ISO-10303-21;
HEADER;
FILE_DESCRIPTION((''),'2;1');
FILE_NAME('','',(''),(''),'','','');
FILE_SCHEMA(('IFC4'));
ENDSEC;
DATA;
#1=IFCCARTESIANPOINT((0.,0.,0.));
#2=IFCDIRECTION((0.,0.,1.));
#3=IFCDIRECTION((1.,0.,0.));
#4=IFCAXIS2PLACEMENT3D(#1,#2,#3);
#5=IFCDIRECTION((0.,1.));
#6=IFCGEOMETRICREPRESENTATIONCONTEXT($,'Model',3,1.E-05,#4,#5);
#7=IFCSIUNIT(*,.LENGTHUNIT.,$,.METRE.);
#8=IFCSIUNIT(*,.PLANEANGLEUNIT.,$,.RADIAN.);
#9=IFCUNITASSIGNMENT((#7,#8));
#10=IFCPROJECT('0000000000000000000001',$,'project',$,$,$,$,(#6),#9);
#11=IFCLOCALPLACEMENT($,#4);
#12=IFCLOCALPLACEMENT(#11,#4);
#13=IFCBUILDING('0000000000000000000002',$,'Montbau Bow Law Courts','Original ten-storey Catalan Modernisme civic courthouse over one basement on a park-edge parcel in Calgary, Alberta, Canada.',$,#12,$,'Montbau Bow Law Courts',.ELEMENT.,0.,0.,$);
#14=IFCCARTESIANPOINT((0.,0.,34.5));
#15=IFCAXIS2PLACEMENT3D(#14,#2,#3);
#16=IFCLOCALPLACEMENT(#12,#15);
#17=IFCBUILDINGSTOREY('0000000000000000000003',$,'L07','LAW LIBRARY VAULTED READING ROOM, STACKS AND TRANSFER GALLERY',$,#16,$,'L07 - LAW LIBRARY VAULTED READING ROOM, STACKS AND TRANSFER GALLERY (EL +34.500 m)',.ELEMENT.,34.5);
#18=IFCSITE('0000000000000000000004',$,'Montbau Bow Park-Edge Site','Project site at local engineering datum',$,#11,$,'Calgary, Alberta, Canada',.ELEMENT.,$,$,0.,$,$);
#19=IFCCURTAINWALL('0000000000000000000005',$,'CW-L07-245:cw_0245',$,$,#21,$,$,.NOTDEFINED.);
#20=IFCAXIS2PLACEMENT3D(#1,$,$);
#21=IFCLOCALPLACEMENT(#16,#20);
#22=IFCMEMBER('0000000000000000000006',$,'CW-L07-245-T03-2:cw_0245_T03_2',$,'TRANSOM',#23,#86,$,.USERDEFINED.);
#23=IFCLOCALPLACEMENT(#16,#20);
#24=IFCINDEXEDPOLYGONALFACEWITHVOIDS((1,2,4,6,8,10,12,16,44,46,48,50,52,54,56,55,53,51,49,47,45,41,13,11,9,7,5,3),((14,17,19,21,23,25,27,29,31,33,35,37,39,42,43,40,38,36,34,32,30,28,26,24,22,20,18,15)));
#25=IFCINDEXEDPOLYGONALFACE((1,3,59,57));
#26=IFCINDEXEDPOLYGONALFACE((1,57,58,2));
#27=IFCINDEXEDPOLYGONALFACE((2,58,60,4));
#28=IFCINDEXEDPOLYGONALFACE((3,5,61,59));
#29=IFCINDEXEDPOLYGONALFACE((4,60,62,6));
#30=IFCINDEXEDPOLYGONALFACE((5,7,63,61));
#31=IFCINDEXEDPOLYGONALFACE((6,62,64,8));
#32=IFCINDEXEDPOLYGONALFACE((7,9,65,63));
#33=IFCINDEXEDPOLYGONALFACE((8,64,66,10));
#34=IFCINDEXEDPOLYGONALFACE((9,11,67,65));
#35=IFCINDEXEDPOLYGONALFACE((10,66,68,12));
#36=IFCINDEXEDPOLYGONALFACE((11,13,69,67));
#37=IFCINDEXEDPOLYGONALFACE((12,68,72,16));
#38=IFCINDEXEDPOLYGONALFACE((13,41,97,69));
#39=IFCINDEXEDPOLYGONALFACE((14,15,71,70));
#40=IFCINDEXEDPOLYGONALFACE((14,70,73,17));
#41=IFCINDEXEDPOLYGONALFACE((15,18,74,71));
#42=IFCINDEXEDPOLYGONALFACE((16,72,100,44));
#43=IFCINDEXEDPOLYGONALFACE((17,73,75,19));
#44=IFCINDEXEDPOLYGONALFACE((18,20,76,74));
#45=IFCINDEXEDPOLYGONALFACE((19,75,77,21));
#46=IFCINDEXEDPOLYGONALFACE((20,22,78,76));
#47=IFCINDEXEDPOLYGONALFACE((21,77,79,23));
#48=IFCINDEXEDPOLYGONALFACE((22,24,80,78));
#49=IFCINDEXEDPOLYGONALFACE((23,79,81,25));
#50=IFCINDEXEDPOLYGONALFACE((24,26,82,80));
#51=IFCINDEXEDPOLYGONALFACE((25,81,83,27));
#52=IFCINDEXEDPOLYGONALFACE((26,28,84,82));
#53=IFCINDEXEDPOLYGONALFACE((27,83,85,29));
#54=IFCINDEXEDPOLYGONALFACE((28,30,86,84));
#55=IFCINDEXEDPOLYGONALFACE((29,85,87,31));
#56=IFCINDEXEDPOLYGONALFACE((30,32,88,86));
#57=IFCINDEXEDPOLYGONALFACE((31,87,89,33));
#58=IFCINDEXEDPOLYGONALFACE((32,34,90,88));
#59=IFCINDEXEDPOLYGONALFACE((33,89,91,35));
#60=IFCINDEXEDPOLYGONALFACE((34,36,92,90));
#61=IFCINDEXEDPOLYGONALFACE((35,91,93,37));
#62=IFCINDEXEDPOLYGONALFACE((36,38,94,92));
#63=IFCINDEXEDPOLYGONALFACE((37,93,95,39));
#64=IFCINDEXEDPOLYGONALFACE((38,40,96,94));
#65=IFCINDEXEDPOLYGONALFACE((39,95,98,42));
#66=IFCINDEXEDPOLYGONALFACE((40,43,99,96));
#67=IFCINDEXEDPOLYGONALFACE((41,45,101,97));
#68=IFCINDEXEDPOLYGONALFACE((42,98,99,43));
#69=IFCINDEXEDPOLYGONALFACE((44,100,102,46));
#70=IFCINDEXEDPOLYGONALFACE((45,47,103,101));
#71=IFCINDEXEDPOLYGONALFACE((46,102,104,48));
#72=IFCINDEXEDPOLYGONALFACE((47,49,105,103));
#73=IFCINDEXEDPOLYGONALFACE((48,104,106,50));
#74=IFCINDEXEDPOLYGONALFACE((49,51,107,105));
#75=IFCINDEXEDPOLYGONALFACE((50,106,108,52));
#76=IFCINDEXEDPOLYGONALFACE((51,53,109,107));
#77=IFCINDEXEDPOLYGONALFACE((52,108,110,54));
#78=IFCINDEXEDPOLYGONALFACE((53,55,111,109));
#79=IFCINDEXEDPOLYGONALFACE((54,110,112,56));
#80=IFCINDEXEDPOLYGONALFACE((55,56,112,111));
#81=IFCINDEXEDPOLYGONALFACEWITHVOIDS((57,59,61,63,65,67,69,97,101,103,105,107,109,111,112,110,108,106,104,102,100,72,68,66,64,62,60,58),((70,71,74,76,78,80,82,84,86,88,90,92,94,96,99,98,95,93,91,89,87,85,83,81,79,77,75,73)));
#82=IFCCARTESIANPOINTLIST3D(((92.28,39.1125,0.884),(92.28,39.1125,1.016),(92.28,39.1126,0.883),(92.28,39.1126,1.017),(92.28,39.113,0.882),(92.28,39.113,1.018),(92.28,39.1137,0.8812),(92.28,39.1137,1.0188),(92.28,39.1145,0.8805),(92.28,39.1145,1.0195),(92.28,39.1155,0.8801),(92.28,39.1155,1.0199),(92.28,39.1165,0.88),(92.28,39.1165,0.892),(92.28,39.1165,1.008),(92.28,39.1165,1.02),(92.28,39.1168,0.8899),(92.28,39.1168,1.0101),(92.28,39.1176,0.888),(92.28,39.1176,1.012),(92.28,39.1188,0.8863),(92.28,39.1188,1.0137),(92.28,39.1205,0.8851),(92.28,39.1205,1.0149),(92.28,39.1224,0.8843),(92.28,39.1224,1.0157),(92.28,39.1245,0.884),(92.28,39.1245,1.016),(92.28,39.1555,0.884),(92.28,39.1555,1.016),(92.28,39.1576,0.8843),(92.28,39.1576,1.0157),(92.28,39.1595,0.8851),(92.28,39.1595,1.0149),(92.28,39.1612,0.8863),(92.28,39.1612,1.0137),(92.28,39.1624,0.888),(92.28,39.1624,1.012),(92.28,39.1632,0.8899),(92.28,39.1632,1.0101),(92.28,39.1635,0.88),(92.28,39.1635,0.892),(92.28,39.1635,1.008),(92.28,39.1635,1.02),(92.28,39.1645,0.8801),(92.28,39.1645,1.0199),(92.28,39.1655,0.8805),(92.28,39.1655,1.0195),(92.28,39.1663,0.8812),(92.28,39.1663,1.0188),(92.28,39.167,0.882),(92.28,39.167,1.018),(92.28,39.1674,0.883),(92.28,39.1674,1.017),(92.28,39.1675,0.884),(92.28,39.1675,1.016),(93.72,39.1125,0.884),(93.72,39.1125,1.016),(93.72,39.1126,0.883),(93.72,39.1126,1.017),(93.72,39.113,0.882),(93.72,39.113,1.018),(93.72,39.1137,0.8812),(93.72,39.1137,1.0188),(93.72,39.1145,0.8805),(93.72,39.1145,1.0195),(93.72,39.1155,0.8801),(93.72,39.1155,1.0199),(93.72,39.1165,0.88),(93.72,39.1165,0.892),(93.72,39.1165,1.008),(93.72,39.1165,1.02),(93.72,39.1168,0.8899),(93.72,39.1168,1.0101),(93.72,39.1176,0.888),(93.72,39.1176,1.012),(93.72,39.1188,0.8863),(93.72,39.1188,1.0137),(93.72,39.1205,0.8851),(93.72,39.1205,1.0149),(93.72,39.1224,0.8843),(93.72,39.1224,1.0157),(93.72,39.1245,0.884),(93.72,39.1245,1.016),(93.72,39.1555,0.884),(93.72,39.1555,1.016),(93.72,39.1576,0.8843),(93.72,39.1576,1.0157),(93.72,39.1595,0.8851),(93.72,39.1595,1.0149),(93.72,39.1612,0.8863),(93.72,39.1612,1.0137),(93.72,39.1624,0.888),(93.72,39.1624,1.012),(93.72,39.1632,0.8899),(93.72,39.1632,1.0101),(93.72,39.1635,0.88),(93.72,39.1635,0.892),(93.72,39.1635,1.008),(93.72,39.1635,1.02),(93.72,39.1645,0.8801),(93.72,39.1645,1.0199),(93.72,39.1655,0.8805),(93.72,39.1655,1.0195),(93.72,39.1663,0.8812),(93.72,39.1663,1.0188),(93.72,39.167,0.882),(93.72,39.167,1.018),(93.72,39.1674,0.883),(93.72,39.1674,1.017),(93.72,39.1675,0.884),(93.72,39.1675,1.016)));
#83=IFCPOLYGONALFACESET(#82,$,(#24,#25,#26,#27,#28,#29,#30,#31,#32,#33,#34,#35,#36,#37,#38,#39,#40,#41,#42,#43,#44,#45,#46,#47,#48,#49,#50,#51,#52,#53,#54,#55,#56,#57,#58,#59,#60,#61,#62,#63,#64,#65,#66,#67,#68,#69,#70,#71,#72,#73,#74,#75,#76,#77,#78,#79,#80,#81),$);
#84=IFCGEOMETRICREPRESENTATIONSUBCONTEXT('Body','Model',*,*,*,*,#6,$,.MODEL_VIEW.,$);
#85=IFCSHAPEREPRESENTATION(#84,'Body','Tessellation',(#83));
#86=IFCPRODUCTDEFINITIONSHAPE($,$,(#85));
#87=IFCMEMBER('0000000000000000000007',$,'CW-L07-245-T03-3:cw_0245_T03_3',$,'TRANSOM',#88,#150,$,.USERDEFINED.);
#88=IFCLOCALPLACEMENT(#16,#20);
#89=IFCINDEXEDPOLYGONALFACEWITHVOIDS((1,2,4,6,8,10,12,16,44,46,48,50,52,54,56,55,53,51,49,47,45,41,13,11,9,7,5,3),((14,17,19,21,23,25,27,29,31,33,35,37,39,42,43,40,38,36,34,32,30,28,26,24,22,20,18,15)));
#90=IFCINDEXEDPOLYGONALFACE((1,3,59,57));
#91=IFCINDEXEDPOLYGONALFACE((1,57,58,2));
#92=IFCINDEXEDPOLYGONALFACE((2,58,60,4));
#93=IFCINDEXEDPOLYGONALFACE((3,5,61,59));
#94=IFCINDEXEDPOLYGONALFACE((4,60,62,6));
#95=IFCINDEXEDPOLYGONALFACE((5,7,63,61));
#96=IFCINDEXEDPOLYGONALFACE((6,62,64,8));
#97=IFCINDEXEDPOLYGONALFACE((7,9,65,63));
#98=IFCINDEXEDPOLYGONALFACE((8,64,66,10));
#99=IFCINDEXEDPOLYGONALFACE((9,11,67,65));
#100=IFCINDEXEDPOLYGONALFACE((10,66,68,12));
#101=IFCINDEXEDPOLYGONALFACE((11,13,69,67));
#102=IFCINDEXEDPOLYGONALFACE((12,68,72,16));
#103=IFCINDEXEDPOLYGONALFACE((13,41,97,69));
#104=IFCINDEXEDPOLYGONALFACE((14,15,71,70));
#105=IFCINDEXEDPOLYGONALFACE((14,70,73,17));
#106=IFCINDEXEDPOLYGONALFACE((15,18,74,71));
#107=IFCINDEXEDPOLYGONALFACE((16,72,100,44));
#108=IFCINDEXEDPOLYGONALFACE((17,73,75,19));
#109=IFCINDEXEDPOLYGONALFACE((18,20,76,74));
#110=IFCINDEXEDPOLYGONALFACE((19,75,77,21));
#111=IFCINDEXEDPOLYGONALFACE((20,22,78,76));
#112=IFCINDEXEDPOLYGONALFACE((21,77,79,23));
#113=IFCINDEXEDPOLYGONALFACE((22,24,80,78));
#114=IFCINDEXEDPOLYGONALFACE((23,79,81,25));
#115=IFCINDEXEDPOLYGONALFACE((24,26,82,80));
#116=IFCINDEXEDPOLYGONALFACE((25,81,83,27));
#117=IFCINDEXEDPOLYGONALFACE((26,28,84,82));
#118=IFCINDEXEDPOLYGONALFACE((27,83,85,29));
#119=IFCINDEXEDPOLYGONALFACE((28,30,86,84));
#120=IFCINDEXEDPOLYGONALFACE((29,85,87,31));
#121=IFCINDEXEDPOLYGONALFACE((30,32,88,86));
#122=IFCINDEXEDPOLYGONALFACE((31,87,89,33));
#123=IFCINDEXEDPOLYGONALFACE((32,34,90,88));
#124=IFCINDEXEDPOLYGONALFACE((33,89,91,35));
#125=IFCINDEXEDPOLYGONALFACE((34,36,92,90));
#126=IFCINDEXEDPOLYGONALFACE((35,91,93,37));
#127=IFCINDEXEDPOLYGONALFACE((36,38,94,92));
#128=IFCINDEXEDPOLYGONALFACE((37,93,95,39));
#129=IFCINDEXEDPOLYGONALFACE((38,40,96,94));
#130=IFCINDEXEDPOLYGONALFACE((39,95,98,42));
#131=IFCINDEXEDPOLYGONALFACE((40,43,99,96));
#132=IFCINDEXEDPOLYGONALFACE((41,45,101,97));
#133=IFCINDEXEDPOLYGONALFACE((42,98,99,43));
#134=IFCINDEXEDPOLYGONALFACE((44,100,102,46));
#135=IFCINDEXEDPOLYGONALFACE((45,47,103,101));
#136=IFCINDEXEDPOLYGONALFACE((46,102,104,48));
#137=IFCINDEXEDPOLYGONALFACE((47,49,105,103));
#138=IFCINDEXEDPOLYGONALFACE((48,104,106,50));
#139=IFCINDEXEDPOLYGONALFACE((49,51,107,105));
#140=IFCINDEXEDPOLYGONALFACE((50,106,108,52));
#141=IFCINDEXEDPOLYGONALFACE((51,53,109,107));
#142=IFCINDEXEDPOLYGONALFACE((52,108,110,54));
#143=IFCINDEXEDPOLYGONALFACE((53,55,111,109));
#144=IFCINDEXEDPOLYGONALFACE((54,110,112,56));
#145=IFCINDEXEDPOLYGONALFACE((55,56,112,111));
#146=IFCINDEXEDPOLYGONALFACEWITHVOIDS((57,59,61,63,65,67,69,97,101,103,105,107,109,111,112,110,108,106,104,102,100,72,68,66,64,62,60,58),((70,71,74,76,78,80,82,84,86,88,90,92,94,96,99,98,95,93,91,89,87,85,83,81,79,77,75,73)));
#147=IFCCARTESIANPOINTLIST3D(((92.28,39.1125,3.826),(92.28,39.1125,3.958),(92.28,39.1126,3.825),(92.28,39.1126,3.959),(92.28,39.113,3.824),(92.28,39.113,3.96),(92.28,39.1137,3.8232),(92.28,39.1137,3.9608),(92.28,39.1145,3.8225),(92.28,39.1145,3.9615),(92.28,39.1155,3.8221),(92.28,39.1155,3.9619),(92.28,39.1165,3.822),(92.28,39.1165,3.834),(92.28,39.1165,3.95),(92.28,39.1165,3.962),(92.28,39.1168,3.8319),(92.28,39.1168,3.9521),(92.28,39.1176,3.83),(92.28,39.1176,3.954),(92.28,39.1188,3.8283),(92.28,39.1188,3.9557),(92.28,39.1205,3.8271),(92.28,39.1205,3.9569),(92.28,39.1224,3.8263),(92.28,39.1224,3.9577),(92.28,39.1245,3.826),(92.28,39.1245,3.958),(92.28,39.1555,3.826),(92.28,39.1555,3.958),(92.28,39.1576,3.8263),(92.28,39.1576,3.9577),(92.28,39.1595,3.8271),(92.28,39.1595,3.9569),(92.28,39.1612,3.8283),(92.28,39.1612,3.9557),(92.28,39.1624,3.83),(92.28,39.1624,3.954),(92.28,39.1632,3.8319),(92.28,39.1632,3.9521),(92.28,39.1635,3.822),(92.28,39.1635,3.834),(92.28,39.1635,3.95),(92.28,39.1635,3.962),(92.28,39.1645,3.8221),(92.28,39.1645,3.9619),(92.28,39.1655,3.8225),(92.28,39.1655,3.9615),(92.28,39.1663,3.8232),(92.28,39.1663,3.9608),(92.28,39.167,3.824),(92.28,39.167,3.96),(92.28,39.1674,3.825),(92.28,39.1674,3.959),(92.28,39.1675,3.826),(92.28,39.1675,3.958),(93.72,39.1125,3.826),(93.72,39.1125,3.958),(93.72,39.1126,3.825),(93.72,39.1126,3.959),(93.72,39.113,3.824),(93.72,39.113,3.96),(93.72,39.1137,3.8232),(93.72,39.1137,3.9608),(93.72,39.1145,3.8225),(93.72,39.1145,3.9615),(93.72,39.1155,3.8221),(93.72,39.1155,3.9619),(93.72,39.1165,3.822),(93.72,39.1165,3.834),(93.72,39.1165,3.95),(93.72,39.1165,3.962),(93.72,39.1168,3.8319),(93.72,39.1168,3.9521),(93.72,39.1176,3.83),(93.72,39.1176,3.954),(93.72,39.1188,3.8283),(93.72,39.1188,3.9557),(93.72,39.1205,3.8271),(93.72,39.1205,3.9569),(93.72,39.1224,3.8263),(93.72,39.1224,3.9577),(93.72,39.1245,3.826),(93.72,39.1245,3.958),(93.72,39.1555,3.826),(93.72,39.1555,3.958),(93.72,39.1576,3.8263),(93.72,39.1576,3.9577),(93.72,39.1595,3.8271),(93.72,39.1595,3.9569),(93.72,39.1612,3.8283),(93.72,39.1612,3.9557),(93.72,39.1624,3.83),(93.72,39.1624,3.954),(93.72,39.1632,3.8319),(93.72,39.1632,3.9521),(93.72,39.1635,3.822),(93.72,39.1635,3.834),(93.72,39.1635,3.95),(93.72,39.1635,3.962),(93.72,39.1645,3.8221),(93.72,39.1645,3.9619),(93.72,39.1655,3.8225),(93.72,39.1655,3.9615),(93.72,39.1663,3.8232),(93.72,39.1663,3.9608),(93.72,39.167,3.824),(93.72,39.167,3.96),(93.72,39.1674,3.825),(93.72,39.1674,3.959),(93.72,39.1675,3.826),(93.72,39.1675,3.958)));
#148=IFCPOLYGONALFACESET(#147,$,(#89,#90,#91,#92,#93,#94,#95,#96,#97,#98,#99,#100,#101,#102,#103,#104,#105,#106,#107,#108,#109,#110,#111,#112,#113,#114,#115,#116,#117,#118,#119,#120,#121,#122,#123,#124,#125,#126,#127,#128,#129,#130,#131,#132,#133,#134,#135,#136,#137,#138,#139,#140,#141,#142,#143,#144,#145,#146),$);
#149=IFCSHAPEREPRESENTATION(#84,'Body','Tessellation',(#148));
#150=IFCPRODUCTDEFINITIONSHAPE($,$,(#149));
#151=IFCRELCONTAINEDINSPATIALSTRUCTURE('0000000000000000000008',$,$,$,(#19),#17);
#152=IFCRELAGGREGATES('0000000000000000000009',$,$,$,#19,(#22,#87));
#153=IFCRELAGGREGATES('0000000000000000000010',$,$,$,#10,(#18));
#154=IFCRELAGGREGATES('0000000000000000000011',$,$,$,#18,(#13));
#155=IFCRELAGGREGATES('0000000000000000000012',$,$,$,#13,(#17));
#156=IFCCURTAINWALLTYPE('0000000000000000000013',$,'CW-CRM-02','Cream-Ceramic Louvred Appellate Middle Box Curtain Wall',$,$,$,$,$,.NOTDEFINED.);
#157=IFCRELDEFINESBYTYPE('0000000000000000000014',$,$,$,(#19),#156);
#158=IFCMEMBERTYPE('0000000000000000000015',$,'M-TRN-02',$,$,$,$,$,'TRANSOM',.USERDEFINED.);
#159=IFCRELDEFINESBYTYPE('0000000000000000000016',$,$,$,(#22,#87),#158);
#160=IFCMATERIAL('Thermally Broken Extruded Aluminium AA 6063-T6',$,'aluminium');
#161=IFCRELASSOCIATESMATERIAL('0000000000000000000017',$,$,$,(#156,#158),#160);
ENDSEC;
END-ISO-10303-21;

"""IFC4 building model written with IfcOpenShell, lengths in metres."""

from ifc_helpers import new_model, si_unit, direction, frame, origin_with_axes, origin_2d_with_axis, place, context, subcontext, project, spatial, hollow_rectangle, extrude, material, material_profile, profile_set, type_object, element, aggregate, save


model = new_model("IFC4")

# Units and contexts
model_context = context("Model", 3, precision=1e-05, world=origin_with_axes(), true_north=direction((0.0, 1.0)))
body_context = subcontext(model_context, "Body", "Model", "MODEL_VIEW")
ifc_project = project(units=[si_unit("LENGTHUNIT", "METRE"), si_unit("PLANEANGLEUNIT", "RADIAN")], contexts=[model_context])

# Site, building, storey
site_placement = place(None, origin_with_axes())
site = spatial("IfcSite", under=ifc_project, at=site_placement, Name="Montbau Bow Park-Edge Site", Description="Project site at local engineering datum", LongName="Calgary, Alberta, Canada", CompositionType="ELEMENT", RefElevation=0.0)
building_placement = place(site_placement, origin_with_axes())
building = spatial("IfcBuilding", under=site, at=building_placement, Name="Montbau Bow Law Courts", Description="Original ten-storey Catalan Modernisme civic courthouse over one basement on a park-edge parcel in Calgary, Alberta, Canada.", LongName="Montbau Bow Law Courts", CompositionType="ELEMENT", ElevationOfRefHeight=0.0, ElevationOfTerrain=0.0)
storey_placement = place(building_placement, frame((0.0, 0.0, 34.5), z_axis=(0.0, 0.0, 1.0), x_axis=(1.0, 0.0, 0.0)))
storey = spatial("IfcBuildingStorey", under=building, at=storey_placement, Name="L07", Description="LAW LIBRARY VAULTED READING ROOM, STACKS AND TRANSFER GALLERY", LongName="L07 - LAW LIBRARY VAULTED READING ROOM, STACKS AND TRANSFER GALLERY (EL +34.500 m)", CompositionType="ELEMENT", Elevation=34.5)

# Curtain wall, members
ifc_material_1 = material(Name="Thermally Broken Extruded Aluminium AA 6063-T6", Category="aluminium")
curtain_wall_type = type_object("IfcCurtainWallType", Name="CW-CRM-02", Description="Cream-Ceramic Louvred Appellate Middle Box Curtain Wall", PredefinedType="NOTDEFINED", material=ifc_material_1)
curtain_wall_placement = place(None, frame((89.24, 39.14, 34.5), z_axis=(0.0, 0.0, 1.0), x_axis=(1.0, 0.0, 0.0)))
curtain_wall = element("IfcCurtainWall", 1, at=curtain_wall_placement, inside=storey, type_object=curtain_wall_type, Name="CW-L07-245:cw_0245", PredefinedType="NOTDEFINED")
ifc_material_profile_1 = material_profile(ifc_material_1, hollow_rectangle(XDim=0.055, YDim=0.14, WallThickness=0.004, InnerFilletRadius=0.008, OuterFilletRadius=0.004, at=origin_2d_with_axis()), Name="CWT-140X55", Category="Main", Priority=0)
ifc_profile_set_1 = profile_set([ifc_material_profile_1], Name="Thermally Broken Extruded Aluminium AA 6063-T6")
member_type_1 = type_object("IfcMemberType", Name="M-TRN-02", ElementType="TRANSOM", PredefinedType="USERDEFINED", material=ifc_profile_set_1)
member_1_placement = place(None, frame((92.28, 39.14, 35.45), z_axis=(1.0, 0.0, 0.0), x_axis=(0.0, 1.0, 0.0)))
member_1 = element("IfcMember", 2, at=member_1_placement, type_object=member_type_1, Name="CW-L07-245-T03-2:cw_0245_T03_2", ObjectType="TRANSOM", PredefinedType="USERDEFINED", context=body_context, shape_type="SweptSolid", body=[
    extrude(hollow_rectangle(XDim=0.055, YDim=0.14, WallThickness=0.004, InnerFilletRadius=0.008, OuterFilletRadius=0.004, at=origin_2d_with_axis()), origin_with_axes(), (0.0, 0.0, 1.0), 1.44),
])
member_2_placement = place(None, frame((92.28, 39.14, 38.392), z_axis=(1.0, 0.0, 0.0), x_axis=(0.0, 1.0, 0.0)))
member_2 = element("IfcMember", 3, at=member_2_placement, type_object=member_type_1, Name="CW-L07-245-T03-3:cw_0245_T03_3", ObjectType="TRANSOM", PredefinedType="USERDEFINED", context=body_context, shape_type="SweptSolid", body=[
    extrude(hollow_rectangle(XDim=0.055, YDim=0.14, WallThickness=0.004, InnerFilletRadius=0.008, OuterFilletRadius=0.004, at=origin_2d_with_axis()), origin_with_axes(), (0.0, 0.0, 1.0), 1.44),
])
aggregate(curtain_wall, [member_1, member_2])

save(model, "model.ifc")
